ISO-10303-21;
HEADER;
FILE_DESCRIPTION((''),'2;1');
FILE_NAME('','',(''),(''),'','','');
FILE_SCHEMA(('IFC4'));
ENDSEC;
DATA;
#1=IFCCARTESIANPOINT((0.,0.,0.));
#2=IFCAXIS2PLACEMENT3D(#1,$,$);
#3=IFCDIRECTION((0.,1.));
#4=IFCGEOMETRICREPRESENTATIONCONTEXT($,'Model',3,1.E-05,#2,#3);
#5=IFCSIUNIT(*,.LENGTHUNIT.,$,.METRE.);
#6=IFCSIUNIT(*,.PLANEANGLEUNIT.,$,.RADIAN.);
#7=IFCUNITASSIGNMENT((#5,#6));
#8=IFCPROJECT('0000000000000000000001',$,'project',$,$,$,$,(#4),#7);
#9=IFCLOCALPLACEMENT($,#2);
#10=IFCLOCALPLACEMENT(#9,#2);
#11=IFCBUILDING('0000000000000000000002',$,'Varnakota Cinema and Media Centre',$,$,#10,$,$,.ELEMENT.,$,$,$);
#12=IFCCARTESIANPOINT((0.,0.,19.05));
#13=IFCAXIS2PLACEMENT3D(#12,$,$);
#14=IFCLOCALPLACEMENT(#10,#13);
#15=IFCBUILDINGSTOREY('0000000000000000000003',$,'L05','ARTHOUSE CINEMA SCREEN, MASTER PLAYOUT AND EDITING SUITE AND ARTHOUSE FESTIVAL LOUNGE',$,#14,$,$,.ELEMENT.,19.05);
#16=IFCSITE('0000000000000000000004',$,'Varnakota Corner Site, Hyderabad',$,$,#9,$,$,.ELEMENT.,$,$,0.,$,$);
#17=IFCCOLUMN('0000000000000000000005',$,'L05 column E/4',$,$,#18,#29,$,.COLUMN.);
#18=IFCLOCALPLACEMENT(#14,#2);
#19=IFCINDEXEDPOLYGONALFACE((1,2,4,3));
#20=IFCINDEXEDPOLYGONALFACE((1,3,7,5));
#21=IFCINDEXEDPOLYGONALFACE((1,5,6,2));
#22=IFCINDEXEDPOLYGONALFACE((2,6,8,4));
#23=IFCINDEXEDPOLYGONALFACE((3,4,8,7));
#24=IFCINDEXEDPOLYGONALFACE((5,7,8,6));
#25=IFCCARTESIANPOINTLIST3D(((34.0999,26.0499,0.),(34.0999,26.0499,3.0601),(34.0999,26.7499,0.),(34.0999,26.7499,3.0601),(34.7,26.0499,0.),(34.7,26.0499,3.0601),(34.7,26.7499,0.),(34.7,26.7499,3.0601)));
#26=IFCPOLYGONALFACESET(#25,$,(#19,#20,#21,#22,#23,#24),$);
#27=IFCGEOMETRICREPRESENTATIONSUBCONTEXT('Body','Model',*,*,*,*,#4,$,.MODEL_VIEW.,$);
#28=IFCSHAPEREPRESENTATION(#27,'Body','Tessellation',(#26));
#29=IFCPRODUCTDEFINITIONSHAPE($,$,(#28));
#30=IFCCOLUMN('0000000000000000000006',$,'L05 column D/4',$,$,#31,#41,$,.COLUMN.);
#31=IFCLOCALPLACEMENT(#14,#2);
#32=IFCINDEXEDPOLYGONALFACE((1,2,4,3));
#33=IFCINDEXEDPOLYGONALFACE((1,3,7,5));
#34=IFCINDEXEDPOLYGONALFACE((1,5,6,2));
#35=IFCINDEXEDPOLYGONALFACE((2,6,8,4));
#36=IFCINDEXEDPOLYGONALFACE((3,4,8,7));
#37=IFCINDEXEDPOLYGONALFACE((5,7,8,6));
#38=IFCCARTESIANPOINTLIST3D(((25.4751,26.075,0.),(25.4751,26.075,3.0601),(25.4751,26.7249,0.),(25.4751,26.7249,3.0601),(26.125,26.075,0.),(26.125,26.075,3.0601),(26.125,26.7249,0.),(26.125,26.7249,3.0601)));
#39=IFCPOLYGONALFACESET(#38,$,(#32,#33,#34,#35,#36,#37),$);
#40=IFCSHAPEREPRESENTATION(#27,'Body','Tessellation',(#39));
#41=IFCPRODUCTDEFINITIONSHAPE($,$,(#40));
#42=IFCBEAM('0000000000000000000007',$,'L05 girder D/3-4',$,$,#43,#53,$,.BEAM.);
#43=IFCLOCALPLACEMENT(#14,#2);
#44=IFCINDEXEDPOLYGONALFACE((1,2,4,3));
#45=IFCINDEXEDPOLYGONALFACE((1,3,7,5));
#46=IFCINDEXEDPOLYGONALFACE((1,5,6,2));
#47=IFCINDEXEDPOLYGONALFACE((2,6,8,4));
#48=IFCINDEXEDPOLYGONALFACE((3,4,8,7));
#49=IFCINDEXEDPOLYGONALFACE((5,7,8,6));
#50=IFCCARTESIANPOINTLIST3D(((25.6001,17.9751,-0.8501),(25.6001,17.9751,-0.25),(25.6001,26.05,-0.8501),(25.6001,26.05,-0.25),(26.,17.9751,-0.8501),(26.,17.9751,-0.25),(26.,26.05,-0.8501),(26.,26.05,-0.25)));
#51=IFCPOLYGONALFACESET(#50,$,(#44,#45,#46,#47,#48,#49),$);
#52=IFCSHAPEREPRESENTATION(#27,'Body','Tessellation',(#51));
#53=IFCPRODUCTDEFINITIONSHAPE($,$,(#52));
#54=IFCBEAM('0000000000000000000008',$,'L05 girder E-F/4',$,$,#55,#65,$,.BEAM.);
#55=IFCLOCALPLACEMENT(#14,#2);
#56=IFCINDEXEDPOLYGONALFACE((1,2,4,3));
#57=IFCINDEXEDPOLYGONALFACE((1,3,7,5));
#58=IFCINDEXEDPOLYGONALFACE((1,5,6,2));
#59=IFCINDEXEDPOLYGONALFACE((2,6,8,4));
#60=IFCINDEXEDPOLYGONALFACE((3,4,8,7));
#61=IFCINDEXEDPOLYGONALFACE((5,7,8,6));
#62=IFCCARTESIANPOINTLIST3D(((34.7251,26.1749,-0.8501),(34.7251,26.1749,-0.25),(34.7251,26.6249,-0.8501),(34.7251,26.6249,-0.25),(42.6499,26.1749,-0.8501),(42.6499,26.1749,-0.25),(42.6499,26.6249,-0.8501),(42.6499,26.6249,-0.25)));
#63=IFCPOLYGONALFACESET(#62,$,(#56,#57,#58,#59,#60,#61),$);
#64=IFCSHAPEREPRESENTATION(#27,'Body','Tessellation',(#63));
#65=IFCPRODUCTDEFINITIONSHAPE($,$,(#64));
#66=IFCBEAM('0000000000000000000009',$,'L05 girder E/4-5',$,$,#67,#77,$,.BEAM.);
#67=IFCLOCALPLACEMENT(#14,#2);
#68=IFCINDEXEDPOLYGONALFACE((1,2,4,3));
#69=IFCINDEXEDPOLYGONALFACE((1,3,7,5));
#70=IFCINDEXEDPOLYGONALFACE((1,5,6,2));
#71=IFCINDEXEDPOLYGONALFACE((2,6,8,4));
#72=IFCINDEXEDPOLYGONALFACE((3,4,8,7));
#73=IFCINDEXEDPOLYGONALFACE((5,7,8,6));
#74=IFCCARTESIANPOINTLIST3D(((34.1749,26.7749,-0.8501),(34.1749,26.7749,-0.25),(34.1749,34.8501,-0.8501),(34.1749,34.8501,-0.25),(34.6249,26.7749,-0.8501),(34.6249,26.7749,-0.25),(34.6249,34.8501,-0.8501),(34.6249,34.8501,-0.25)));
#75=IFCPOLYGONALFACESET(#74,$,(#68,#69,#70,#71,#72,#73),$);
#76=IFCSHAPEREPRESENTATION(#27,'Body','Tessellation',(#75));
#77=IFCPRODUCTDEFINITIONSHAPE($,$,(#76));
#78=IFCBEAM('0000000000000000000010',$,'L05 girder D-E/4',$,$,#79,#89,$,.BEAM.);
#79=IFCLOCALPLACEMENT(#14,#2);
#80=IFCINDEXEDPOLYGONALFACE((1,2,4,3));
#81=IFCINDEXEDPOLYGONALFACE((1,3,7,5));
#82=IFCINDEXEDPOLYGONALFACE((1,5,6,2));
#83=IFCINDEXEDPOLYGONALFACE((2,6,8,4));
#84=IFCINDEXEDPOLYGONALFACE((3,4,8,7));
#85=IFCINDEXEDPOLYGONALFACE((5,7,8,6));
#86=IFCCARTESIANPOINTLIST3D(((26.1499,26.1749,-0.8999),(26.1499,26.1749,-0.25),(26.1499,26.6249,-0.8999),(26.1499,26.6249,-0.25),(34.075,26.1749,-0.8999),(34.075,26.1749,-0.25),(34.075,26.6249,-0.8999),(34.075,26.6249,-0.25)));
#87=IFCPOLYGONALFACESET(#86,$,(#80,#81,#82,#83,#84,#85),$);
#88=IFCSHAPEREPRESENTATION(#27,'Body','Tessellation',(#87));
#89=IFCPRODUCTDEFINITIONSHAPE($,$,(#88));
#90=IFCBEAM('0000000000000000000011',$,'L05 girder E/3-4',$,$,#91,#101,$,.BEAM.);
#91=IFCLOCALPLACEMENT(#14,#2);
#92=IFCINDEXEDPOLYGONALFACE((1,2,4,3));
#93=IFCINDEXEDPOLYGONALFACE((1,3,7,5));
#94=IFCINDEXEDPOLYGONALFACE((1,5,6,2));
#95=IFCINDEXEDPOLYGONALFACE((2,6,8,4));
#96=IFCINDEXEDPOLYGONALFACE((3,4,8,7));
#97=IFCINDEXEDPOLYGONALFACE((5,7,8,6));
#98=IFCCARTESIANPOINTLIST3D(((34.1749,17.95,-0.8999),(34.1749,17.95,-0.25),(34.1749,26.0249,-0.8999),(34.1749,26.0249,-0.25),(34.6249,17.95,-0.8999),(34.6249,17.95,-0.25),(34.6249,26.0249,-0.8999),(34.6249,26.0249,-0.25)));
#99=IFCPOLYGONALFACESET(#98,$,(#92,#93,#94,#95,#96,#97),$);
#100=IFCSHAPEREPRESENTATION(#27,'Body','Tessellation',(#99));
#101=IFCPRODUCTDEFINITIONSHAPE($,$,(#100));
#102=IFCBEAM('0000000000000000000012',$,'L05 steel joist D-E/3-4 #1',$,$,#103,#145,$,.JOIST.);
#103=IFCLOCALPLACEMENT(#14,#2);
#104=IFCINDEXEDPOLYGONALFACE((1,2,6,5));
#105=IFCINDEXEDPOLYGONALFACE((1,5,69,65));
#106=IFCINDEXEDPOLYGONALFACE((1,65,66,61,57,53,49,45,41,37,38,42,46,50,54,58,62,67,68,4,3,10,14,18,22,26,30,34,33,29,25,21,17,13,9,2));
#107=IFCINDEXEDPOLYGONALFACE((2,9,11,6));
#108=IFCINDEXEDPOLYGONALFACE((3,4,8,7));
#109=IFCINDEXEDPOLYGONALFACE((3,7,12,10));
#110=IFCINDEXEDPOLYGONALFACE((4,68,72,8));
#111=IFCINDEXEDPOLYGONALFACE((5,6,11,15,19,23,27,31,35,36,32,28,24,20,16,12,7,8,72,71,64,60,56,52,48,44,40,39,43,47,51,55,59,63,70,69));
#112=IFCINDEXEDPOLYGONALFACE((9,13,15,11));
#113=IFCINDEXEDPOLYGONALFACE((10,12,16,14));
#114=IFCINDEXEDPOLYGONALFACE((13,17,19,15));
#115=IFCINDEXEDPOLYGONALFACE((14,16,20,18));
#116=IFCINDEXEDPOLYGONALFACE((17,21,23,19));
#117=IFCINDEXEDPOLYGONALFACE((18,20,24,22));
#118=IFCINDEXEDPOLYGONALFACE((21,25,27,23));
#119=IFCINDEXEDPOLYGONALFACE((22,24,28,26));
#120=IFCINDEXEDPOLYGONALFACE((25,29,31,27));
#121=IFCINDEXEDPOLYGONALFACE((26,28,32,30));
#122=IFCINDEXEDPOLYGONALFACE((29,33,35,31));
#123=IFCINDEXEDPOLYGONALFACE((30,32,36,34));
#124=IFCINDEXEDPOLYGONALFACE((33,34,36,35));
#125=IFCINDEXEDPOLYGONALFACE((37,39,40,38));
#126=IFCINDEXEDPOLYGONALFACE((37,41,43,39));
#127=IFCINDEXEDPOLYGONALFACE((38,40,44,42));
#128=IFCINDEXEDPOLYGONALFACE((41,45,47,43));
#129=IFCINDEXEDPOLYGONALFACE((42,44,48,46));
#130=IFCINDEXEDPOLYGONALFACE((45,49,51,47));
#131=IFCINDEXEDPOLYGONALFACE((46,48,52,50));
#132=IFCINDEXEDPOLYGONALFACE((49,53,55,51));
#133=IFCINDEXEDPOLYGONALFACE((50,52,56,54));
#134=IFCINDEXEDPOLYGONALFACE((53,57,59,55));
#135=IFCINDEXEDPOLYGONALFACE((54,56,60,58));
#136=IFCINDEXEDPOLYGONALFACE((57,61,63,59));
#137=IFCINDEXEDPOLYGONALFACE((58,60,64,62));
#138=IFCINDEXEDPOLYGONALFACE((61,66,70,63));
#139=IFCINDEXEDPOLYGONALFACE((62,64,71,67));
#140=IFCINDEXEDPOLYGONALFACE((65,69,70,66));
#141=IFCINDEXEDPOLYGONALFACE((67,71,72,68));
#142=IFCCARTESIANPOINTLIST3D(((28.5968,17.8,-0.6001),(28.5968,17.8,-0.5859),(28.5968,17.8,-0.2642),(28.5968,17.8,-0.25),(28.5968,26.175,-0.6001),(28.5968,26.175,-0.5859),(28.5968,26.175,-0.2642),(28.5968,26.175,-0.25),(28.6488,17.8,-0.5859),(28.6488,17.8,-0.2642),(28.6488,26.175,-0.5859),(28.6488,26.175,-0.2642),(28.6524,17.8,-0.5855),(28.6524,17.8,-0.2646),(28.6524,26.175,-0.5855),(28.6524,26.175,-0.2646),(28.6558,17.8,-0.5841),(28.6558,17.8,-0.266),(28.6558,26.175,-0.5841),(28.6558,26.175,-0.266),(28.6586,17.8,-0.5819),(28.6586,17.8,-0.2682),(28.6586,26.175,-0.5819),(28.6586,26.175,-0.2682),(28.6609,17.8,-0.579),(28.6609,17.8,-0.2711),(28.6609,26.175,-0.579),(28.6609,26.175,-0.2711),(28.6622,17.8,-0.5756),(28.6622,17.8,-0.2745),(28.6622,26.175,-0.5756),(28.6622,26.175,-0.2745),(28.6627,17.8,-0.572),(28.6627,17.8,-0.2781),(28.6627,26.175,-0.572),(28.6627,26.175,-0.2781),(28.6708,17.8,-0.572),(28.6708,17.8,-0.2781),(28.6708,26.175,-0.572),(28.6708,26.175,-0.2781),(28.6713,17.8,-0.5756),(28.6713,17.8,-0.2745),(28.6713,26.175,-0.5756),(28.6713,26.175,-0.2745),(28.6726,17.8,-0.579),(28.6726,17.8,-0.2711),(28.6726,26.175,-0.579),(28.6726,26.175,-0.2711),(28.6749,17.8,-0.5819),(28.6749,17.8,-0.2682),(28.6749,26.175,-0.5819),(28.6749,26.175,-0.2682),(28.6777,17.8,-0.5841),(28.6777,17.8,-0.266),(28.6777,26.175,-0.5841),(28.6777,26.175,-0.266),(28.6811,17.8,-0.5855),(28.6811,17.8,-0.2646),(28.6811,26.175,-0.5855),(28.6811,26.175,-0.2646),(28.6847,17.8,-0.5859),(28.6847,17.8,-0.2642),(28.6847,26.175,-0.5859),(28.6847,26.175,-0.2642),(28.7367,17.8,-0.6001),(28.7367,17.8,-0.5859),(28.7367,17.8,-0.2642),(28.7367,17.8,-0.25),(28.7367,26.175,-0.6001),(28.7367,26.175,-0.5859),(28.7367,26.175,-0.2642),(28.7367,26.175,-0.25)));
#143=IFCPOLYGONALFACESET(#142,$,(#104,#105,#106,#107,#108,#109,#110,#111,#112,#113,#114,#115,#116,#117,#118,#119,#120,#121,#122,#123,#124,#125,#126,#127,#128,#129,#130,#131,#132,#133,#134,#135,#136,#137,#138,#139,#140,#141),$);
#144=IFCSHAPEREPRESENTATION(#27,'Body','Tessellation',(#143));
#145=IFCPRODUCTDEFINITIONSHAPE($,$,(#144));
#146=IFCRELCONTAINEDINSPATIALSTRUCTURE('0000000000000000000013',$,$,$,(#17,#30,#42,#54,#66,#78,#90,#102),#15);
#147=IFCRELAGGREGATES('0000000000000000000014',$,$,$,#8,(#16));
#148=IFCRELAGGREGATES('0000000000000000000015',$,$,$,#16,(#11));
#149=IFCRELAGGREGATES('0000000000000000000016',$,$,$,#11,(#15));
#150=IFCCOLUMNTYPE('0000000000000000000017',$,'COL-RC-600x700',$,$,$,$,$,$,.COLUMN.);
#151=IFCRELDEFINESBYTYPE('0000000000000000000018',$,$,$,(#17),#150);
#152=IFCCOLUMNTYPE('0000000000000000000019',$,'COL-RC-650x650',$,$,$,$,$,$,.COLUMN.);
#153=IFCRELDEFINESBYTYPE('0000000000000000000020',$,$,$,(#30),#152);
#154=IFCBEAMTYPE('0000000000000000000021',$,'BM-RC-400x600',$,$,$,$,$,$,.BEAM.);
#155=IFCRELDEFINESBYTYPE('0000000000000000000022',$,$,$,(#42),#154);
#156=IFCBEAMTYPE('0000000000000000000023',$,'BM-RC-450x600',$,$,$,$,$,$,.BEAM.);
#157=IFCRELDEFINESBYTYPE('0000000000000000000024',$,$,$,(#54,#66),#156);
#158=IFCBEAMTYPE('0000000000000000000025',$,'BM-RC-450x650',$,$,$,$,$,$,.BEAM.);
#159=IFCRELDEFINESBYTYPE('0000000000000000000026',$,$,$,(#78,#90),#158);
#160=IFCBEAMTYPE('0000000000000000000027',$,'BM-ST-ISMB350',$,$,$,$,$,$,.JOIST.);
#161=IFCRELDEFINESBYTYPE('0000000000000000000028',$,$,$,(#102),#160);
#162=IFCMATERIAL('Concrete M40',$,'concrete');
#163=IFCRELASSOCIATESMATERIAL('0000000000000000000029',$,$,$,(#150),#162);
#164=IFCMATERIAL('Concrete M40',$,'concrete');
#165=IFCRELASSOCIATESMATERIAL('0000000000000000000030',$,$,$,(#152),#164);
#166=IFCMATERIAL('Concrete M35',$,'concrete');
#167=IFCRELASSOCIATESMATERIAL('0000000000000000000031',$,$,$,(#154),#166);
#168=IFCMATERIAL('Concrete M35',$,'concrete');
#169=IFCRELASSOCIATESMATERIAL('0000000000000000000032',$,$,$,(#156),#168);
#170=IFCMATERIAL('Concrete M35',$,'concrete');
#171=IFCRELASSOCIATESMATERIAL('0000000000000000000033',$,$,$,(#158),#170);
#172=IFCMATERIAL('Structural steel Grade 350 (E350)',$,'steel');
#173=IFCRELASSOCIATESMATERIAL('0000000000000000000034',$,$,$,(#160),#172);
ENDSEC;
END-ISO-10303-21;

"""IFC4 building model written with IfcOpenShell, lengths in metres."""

from ifc_helpers import new_model, si_unit, direction, frame, origin, origin_2d, place, context, subcontext, project, spatial, rectangle, i_section, extrude, material, material_profile, profile_set, type_object, element, save


model = new_model("IFC4")

# Units and contexts
model_context = context("Model", 3, precision=1e-05, world=origin(), true_north=direction((0.0, 1.0)))
body_context = subcontext(model_context, "Body", "Model", "MODEL_VIEW")
ifc_project = project(units=[si_unit("LENGTHUNIT", "METRE"), si_unit("PLANEANGLEUNIT", "RADIAN")], contexts=[model_context])

# Site, building, storey
site_placement = place(None, origin())
site = spatial("IfcSite", under=ifc_project, at=site_placement, Name="Varnakota Corner Site, Hyderabad", CompositionType="ELEMENT", RefElevation=0.0)
building_placement = place(site_placement, origin())
building = spatial("IfcBuilding", under=site, at=building_placement, Name="Varnakota Cinema and Media Centre", CompositionType="ELEMENT")
storey_placement = place(building_placement, frame((0.0, 0.0, 19.05)))
storey = spatial("IfcBuildingStorey", under=building, at=storey_placement, Name="L05", Description="ARTHOUSE CINEMA SCREEN, MASTER PLAYOUT AND EDITING SUITE AND ARTHOUSE FESTIVAL LOUNGE", CompositionType="ELEMENT", Elevation=19.05)

# Columns
ifc_material_1 = material(Name="Concrete M40", Category="concrete")
ifc_material_profile_1 = material_profile(ifc_material_1, rectangle(XDim=0.6001, YDim=0.7, at=origin_2d()), Name="RC 600x700")
ifc_profile_set_1 = profile_set([ifc_material_profile_1], Name="Concrete M40")
column_type_1 = type_object("IfcColumnType", Name="COL-RC-600x700", PredefinedType="COLUMN", material=ifc_profile_set_1)
column_1_placement = place(storey_placement, frame((34.3999, 26.3999, 0.0), z_axis=(0.0, 0.0, 1.0), x_axis=(1.0, 0.0, 0.0)))
element("IfcColumn", 1, at=column_1_placement, inside=storey, type_object=column_type_1, Name="L05 column E/4", PredefinedType="COLUMN", context=body_context, shape_type="SweptSolid", body=[
    extrude(rectangle(XDim=0.6001, YDim=0.7, at=origin_2d()), origin(), (0.0, 0.0, 1.0), 3.0601),
])
ifc_material_2 = material(Name="Concrete M40", Category="concrete")
ifc_material_profile_2 = material_profile(ifc_material_2, rectangle(XDim=0.6499, YDim=0.6499, at=origin_2d()), Name="RC 650x650")
ifc_profile_set_2 = profile_set([ifc_material_profile_2], Name="Concrete M40")
column_type_2 = type_object("IfcColumnType", Name="COL-RC-650x650", PredefinedType="COLUMN", material=ifc_profile_set_2)
column_2_placement = place(storey_placement, frame((25.8, 26.3999, 0.0), z_axis=(0.0, 0.0, 1.0), x_axis=(1.0, 0.0, 0.0)))
element("IfcColumn", 2, at=column_2_placement, inside=storey, type_object=column_type_2, Name="L05 column D/4", PredefinedType="COLUMN", context=body_context, shape_type="SweptSolid", body=[
    extrude(rectangle(XDim=0.6499, YDim=0.6499, at=origin_2d()), origin(), (0.0, 0.0, 1.0), 3.0601),
])

# Beams
ifc_material_3 = material(Name="Concrete M35", Category="concrete")
ifc_material_profile_3 = material_profile(ifc_material_3, rectangle(XDim=0.3999, YDim=0.6001, at=origin_2d()), Name="RCB 400x600")
ifc_profile_set_3 = profile_set([ifc_material_profile_3], Name="Concrete M35")
beam_type_1 = type_object("IfcBeamType", Name="BM-RC-400x600", PredefinedType="BEAM", material=ifc_profile_set_3)
beam_1_placement = place(storey_placement, frame((25.8, 17.9751, -0.55), z_axis=(0.0, 1.0, 0.0), x_axis=(-1.0, 0.0, 0.0)))
element("IfcBeam", 3, at=beam_1_placement, inside=storey, type_object=beam_type_1, Name="L05 girder D/3-4", PredefinedType="BEAM", context=body_context, shape_type="SweptSolid", body=[
    extrude(rectangle(XDim=0.3999, YDim=0.6001, at=origin_2d()), origin(), (0.0, 0.0, 1.0), 8.075),
])
ifc_material_4 = material(Name="Concrete M35", Category="concrete")
ifc_material_profile_4 = material_profile(ifc_material_4, rectangle(XDim=0.45, YDim=0.6001, at=origin_2d()), Name="RCB 450x600")
ifc_profile_set_4 = profile_set([ifc_material_profile_4], Name="Concrete M35")
beam_type_2 = type_object("IfcBeamType", Name="BM-RC-450x600", PredefinedType="BEAM", material=ifc_profile_set_4)
beam_2_placement = place(storey_placement, frame((34.7251, 26.3999, -0.55), z_axis=(1.0, 0.0, 0.0), x_axis=(0.0, 1.0, 0.0)))
element("IfcBeam", 4, at=beam_2_placement, inside=storey, type_object=beam_type_2, Name="L05 girder E-F/4", PredefinedType="BEAM", context=body_context, shape_type="SweptSolid", body=[
    extrude(rectangle(XDim=0.45, YDim=0.6001, at=origin_2d()), origin(), (0.0, 0.0, 1.0), 7.9248),
])
beam_3_placement = place(storey_placement, frame((34.3999, 26.7749, -0.55), z_axis=(0.0, 1.0, 0.0), x_axis=(-1.0, 0.0, 0.0)))
element("IfcBeam", 5, at=beam_3_placement, inside=storey, type_object=beam_type_2, Name="L05 girder E/4-5", PredefinedType="BEAM", context=body_context, shape_type="SweptSolid", body=[
    extrude(rectangle(XDim=0.45, YDim=0.6001, at=origin_2d()), origin(), (0.0, 0.0, 1.0), 8.0752),
])
ifc_material_5 = material(Name="Concrete M35", Category="concrete")
ifc_material_profile_5 = material_profile(ifc_material_5, rectangle(XDim=0.45, YDim=0.6499, at=origin_2d()), Name="RCB 450x650")
ifc_profile_set_5 = profile_set([ifc_material_profile_5], Name="Concrete M35")
beam_type_3 = type_object("IfcBeamType", Name="BM-RC-450x650", PredefinedType="BEAM", material=ifc_profile_set_5)
beam_4_placement = place(storey_placement, frame((26.1499, 26.3999, -0.575), z_axis=(1.0, 0.0, 0.0), x_axis=(0.0, 1.0, 0.0)))
element("IfcBeam", 6, at=beam_4_placement, inside=storey, type_object=beam_type_3, Name="L05 girder D-E/4", PredefinedType="BEAM", context=body_context, shape_type="SweptSolid", body=[
    extrude(rectangle(XDim=0.45, YDim=0.6499, at=origin_2d()), origin(), (0.0, 0.0, 1.0), 7.925),
])
beam_5_placement = place(storey_placement, frame((34.3999, 17.95, -0.575), z_axis=(0.0, 1.0, 0.0), x_axis=(-1.0, 0.0, 0.0)))
element("IfcBeam", 7, at=beam_5_placement, inside=storey, type_object=beam_type_3, Name="L05 girder E/3-4", PredefinedType="BEAM", context=body_context, shape_type="SweptSolid", body=[
    extrude(rectangle(XDim=0.45, YDim=0.6499, at=origin_2d()), origin(), (0.0, 0.0, 1.0), 8.075),
])
ifc_material_6 = material(Name="Structural steel Grade 350 (E350)", Category="steel")
ifc_material_profile_6 = material_profile(ifc_material_6, i_section(OverallWidth=0.1399, OverallDepth=0.3501, WebThickness=0.0081, FlangeThickness=0.0142, FilletRadius=0.0139, at=origin_2d()), Name="ISMB 350")
ifc_profile_set_6 = profile_set([ifc_material_profile_6], Name="Structural steel Grade 350 (E350)")
beam_type_4 = type_object("IfcBeamType", Name="BM-ST-ISMB350", PredefinedType="JOIST", material=ifc_profile_set_6)
for number, where, z_axis, x_axis, name in (
    (8, (28.6667, 17.8, -0.425), (0.0, 1.0, 0.0), (-1.0, 0.0, 0.0), "L05 steel joist D-E/3-4 #1"),
):
    element("IfcBeam", number, at=place(storey_placement, frame(where, z_axis=z_axis, x_axis=x_axis)), inside=storey, type_object=beam_type_4, Name=name, PredefinedType="JOIST", context=body_context, shape_type="SweptSolid", body=[
        extrude(i_section(OverallWidth=0.1399, OverallDepth=0.3501, WebThickness=0.0081, FlangeThickness=0.0142, FilletRadius=0.0139, at=origin_2d()), origin(), (0.0, 0.0, 1.0), 8.375),
    ])

save(model, "model.ifc")
